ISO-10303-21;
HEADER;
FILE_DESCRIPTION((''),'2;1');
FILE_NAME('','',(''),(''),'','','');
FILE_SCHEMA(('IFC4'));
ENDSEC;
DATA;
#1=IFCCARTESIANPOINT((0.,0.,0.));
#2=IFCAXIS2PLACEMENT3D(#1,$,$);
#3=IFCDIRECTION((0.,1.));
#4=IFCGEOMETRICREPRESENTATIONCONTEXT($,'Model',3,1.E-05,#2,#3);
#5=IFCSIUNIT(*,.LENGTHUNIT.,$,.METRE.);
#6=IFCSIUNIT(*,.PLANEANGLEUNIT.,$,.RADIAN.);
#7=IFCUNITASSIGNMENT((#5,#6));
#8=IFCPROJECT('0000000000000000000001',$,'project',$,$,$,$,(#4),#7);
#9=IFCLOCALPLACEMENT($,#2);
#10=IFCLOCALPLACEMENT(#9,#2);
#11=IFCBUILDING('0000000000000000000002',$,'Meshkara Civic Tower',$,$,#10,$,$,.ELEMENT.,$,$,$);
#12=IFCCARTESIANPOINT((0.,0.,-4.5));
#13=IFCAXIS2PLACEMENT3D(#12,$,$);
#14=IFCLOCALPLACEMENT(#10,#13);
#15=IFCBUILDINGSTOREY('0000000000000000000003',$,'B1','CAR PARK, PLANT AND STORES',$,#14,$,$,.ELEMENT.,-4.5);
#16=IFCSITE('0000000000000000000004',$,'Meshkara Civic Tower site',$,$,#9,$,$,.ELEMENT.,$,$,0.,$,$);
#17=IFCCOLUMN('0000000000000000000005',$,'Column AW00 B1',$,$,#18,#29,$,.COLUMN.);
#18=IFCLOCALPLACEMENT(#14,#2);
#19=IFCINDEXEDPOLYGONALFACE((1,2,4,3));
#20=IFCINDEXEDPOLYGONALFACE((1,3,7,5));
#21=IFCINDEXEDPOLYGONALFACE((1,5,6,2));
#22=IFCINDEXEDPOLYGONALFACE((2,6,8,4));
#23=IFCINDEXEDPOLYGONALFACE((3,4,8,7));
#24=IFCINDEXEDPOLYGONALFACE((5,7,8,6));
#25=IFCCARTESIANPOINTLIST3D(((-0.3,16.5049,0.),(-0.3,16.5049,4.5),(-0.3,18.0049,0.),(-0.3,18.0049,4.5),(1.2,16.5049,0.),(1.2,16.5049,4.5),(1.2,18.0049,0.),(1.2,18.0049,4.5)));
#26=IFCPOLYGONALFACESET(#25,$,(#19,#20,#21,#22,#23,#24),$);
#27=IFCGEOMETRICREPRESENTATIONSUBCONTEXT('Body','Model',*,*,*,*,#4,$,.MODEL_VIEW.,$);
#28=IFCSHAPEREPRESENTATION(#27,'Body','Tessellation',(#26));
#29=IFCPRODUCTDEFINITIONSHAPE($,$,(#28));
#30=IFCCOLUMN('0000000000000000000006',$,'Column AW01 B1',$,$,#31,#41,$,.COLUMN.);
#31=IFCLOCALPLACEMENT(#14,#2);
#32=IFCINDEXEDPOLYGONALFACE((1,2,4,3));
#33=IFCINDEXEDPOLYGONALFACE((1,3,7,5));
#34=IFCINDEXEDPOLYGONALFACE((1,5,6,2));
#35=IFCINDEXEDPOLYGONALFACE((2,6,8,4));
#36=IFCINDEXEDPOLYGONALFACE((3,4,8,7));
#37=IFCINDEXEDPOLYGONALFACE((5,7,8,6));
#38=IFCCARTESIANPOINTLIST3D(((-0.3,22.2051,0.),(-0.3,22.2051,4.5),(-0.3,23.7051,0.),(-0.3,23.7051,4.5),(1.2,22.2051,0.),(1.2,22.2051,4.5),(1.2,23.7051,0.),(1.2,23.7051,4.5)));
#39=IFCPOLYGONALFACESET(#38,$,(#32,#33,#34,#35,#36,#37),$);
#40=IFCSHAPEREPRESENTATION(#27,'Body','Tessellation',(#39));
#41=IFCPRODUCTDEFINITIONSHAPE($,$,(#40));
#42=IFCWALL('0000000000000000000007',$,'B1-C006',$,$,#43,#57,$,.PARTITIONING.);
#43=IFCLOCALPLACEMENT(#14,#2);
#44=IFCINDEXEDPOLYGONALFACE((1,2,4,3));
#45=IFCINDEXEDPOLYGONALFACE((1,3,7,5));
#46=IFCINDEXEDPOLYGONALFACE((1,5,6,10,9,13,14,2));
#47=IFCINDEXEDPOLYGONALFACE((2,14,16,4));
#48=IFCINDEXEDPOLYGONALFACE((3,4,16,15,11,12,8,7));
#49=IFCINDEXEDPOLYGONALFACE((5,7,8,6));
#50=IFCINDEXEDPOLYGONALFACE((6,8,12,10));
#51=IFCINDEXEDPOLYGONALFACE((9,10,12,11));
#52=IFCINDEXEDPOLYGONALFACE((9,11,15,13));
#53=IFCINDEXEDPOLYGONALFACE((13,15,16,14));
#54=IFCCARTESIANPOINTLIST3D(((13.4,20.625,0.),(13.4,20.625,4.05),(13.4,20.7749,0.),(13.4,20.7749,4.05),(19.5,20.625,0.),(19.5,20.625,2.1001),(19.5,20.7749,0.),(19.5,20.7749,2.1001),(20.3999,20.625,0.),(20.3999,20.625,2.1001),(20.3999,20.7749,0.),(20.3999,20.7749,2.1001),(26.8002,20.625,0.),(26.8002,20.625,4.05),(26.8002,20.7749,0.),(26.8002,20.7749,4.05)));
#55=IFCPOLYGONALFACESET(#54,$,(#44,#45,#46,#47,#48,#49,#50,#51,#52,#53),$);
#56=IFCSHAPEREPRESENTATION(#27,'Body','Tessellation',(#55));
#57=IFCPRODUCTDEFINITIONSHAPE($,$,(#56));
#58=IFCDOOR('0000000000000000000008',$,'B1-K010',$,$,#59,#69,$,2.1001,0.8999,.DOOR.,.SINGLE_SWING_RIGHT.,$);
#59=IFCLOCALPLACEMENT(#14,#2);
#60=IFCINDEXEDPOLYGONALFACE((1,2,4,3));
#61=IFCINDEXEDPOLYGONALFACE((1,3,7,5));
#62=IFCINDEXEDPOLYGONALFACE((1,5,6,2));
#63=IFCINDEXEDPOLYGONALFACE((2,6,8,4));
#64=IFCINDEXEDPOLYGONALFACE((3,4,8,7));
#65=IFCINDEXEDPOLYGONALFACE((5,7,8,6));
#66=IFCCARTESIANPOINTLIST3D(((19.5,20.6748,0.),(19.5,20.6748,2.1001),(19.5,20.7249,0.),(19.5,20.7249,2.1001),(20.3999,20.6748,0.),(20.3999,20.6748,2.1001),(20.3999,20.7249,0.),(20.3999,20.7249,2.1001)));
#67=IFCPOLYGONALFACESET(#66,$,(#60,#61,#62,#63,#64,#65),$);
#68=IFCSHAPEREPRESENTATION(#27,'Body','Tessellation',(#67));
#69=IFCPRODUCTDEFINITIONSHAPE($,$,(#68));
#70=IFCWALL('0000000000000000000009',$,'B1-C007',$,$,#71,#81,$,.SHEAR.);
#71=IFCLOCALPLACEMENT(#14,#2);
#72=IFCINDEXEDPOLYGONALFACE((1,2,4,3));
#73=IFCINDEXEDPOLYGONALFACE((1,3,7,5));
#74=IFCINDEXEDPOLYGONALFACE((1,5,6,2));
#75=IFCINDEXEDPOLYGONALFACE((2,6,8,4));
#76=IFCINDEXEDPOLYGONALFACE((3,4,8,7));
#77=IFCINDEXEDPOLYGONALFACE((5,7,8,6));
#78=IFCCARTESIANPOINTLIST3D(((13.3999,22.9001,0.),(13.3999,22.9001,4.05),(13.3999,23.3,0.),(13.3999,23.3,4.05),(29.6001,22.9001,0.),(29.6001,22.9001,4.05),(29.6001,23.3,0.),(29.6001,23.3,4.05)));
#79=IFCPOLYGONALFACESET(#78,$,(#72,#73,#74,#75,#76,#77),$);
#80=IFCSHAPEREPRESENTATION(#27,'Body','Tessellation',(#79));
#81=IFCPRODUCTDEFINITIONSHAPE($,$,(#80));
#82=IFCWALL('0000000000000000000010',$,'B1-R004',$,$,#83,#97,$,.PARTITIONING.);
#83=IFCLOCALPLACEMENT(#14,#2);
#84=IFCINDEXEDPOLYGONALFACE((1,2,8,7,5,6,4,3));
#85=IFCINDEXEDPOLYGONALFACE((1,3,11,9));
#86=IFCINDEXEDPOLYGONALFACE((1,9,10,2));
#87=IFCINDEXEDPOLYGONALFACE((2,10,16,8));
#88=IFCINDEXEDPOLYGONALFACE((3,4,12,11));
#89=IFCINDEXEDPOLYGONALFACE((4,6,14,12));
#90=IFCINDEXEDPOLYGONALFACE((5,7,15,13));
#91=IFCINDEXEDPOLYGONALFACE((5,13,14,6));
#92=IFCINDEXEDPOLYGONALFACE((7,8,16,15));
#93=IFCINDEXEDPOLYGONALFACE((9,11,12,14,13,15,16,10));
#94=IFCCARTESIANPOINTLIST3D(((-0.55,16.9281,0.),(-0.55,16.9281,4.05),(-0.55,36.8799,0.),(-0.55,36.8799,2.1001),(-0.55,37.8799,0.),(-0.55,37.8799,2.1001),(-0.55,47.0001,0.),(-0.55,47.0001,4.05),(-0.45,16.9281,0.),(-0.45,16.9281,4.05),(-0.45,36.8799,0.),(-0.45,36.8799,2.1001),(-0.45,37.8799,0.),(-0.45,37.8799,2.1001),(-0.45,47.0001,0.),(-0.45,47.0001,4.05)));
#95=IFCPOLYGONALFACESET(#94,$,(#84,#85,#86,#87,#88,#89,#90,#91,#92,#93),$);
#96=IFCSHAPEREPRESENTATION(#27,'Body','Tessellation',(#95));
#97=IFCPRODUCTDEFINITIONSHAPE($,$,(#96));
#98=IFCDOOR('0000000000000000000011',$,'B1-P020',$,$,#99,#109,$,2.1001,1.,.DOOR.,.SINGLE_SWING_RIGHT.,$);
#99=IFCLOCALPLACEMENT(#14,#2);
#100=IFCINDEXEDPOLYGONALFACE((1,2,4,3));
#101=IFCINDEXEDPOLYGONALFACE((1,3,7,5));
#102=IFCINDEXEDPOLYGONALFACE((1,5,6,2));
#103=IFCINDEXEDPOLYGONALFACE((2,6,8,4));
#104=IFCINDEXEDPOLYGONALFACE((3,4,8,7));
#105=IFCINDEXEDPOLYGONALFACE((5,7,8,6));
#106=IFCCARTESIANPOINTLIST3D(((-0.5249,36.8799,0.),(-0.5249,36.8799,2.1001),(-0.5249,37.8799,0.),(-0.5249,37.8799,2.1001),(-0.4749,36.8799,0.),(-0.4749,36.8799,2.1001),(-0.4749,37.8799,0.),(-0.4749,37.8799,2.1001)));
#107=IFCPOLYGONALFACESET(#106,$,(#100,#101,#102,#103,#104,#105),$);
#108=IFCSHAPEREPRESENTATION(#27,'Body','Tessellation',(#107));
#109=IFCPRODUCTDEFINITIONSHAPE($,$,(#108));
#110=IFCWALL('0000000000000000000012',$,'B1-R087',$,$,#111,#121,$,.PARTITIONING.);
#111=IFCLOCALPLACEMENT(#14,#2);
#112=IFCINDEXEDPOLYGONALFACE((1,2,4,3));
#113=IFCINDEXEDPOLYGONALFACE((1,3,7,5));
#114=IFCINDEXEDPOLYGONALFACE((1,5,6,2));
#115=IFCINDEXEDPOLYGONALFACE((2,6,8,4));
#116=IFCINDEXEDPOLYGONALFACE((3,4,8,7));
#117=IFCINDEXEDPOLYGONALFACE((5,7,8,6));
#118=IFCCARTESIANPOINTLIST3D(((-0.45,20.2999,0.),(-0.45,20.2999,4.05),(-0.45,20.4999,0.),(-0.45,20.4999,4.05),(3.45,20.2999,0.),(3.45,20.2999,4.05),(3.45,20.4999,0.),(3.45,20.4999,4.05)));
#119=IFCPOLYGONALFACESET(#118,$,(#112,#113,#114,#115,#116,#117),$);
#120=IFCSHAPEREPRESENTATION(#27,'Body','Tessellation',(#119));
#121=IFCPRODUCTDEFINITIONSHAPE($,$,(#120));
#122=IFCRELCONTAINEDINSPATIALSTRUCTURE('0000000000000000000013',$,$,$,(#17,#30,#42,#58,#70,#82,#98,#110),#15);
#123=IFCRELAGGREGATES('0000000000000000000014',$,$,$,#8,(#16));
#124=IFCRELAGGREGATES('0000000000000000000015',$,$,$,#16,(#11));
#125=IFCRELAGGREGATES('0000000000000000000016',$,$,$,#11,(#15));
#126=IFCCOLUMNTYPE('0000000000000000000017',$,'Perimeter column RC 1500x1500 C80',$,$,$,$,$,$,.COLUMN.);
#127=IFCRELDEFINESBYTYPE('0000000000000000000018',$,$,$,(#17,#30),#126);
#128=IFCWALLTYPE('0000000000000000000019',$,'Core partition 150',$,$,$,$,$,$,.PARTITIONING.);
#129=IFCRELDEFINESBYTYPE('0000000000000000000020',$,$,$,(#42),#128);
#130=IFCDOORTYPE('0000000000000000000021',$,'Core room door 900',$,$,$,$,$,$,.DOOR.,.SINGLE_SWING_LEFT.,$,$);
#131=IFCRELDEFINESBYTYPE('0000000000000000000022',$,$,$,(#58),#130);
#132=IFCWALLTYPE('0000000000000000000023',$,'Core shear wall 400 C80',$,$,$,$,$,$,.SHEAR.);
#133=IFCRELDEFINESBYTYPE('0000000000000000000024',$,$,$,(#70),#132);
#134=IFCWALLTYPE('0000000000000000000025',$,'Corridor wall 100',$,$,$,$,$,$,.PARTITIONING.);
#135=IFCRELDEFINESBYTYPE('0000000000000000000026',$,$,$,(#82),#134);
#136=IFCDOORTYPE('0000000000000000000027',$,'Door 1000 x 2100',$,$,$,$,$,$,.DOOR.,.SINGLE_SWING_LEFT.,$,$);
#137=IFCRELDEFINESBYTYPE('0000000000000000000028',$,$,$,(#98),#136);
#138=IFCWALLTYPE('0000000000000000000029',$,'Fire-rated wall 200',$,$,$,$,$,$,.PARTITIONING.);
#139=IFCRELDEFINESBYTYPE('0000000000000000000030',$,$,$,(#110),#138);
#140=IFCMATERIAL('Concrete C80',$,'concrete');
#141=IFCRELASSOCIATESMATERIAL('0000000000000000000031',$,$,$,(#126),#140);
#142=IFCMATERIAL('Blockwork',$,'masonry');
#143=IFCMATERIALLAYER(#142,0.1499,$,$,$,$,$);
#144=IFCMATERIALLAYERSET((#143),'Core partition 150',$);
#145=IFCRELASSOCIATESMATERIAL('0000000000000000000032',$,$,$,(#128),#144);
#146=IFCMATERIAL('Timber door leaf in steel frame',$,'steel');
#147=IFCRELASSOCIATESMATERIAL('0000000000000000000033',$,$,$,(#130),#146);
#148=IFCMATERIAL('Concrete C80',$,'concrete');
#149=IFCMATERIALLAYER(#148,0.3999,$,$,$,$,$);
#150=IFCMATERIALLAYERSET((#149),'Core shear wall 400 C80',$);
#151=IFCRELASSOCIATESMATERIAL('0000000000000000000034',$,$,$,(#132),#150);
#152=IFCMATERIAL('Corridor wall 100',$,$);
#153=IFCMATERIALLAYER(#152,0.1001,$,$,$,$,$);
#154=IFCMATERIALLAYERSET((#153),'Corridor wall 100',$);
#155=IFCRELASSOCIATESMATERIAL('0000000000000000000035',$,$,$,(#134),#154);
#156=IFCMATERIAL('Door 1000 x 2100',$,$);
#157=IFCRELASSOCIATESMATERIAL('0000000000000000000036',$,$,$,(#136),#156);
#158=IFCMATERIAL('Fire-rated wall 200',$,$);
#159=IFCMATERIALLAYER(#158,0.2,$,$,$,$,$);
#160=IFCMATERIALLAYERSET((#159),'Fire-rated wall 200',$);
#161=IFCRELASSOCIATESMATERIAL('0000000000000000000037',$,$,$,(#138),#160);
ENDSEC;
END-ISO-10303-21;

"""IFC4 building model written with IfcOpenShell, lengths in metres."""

from ifc_helpers import new_model, si_unit, direction, frame, frame_2d, origin, origin_2d, place, context, subcontext, project, spatial, rectangle, extrude, material, layer, layer_set, material_profile, profile_set, type_object, element, fill, save


model = new_model("IFC4")

# Units and contexts
model_context = context("Model", 3, precision=1e-05, world=origin(), true_north=direction((0.0, 1.0)))
body_context = subcontext(model_context, "Body", "Model", "MODEL_VIEW")
ifc_project = project(units=[si_unit("LENGTHUNIT", "METRE"), si_unit("PLANEANGLEUNIT", "RADIAN")], contexts=[model_context])

# Site, building, storey
site_placement = place(None, origin())
site = spatial("IfcSite", under=ifc_project, at=site_placement, Name="Meshkara Civic Tower site", CompositionType="ELEMENT", RefElevation=0.0)
building_placement = place(site_placement, origin())
building = spatial("IfcBuilding", under=site, at=building_placement, Name="Meshkara Civic Tower", CompositionType="ELEMENT")
storey_placement = place(building_placement, frame((0.0, 0.0, -4.5)))
storey = spatial("IfcBuildingStorey", under=building, at=storey_placement, Name="B1", Description="CAR PARK, PLANT AND STORES", CompositionType="ELEMENT", Elevation=-4.5)

# Columns
ifc_material_1 = material(Name="Concrete C80", Category="concrete")
ifc_material_profile = material_profile(ifc_material_1, rectangle(XDim=1.5, YDim=1.5, at=origin_2d()))
ifc_profile_set = profile_set([ifc_material_profile], Name="Concrete C80")
column_type = type_object("IfcColumnType", Name="Perimeter column RC 1500x1500 C80", PredefinedType="COLUMN", material=ifc_profile_set)
for number, where, z_axis, x_axis, name in (
    (1, (0.45, 17.2549, 0.0), (0.0, 0.0, 1.0), (1.0, 0.0, 0.0), "Column AW00 B1"),
    (2, (0.45, 22.9551, 0.0), (0.0, 0.0, 1.0), (1.0, 0.0, 0.0), "Column AW01 B1"),
):
    element("IfcColumn", number, at=place(storey_placement, frame(where, z_axis=z_axis, x_axis=x_axis)), inside=storey, type_object=column_type, Name=name, PredefinedType="COLUMN", context=body_context, shape_type="SweptSolid", body=[
        extrude(rectangle(XDim=1.5, YDim=1.5, at=origin_2d()), origin(), (0.0, 0.0, 1.0), 4.5),
    ])

# Wall, opening, door
ifc_material_2 = material(Name="Blockwork", Category="masonry")
ifc_layer_1 = layer(ifc_material_2, 0.1499)
ifc_layer_set_1 = layer_set([ifc_layer_1], Name="Core partition 150")
wall_type_1 = type_object("IfcWallType", Name="Core partition 150", PredefinedType="PARTITIONING", material=ifc_layer_set_1)
wall_1_placement = place(storey_placement, frame((13.3999, 20.7, 0.0), z_axis=(0.0, 0.0, 1.0), x_axis=(1.0, 0.0, 0.0)))
wall_1 = element("IfcWall", 3, at=wall_1_placement, inside=storey, type_object=wall_type_1, Name="B1-C006", PredefinedType="PARTITIONING", context=body_context, shape_type="SweptSolid", body=[
    extrude(rectangle(XDim=13.4001, YDim=0.1499, at=frame_2d((6.7002, 0.0))), origin(), (0.0, 0.0, 1.0), 4.05),
])
opening_1_placement = place(wall_1_placement, frame((6.1001, 0.0, 0.0)))
opening_1 = element("IfcOpeningElement", 4, at=opening_1_placement, cuts=wall_1, PredefinedType="OPENING", context=body_context, shape_type="SweptSolid", body=[
    extrude(rectangle(XDim=0.8999, YDim=2.1001, at=frame_2d((0.45, 1.05))), frame((0.0, 0.085, 0.0), z_axis=(0.0, -1.0, 0.0), x_axis=(1.0, 0.0, 0.0)), (0.0, 0.0, 1.0), 0.1699),
])
ifc_material_3 = material(Name="Timber door leaf in steel frame", Category="steel")
door_type_1 = type_object("IfcDoorType", Name="Core room door 900", OperationType="SINGLE_SWING_LEFT", PredefinedType="DOOR", material=ifc_material_3)
door_1_placement = place(opening_1_placement, origin())
door_1 = element("IfcDoor", 5, at=door_1_placement, inside=storey, type_object=door_type_1, Name="B1-K010", OperationType="SINGLE_SWING_RIGHT", OverallHeight=2.1001, OverallWidth=0.8999, PredefinedType="DOOR", context=body_context, shape_type="SweptSolid", body=[
    extrude(rectangle(XDim=0.8999, YDim=2.1001, at=frame_2d((0.45, 1.05))), frame((0.0, 0.0249, 0.0), z_axis=(0.0, -1.0, 0.0), x_axis=(1.0, 0.0, 0.0)), (0.0, 0.0, 1.0), 0.05),
])
fill(opening_1, door_1)

# Wall
ifc_material_4 = material(Name="Concrete C80", Category="concrete")
ifc_layer_2 = layer(ifc_material_4, 0.3999)
ifc_layer_set_2 = layer_set([ifc_layer_2], Name="Core shear wall 400 C80")
wall_type_2 = type_object("IfcWallType", Name="Core shear wall 400 C80", PredefinedType="SHEAR", material=ifc_layer_set_2)
wall_2_placement = place(storey_placement, frame((13.3999, 23.1001, 0.0), z_axis=(0.0, 0.0, 1.0), x_axis=(1.0, 0.0, 0.0)))
element("IfcWall", 6, at=wall_2_placement, inside=storey, type_object=wall_type_2, Name="B1-C007", PredefinedType="SHEAR", context=body_context, shape_type="SweptSolid", body=[
    extrude(rectangle(XDim=16.2002, YDim=0.3999, at=frame_2d((8.1001, 0.0))), origin(), (0.0, 0.0, 1.0), 4.05),
])

# Wall, opening, door
ifc_material_5 = material(Name="Corridor wall 100")
ifc_layer_3 = layer(ifc_material_5, 0.1001)
ifc_layer_set_3 = layer_set([ifc_layer_3], Name="Corridor wall 100")
wall_type_3 = type_object("IfcWallType", Name="Corridor wall 100", PredefinedType="PARTITIONING", material=ifc_layer_set_3)
wall_3_placement = place(storey_placement, frame((-0.5, 16.928, 0.0), z_axis=(0.0, 0.0, 1.0), x_axis=(0.0, 1.0, 0.0)))
wall_3 = element("IfcWall", 7, at=wall_3_placement, inside=storey, type_object=wall_type_3, Name="B1-R004", PredefinedType="PARTITIONING", context=body_context, shape_type="SweptSolid", body=[
    extrude(rectangle(XDim=30.072, YDim=0.1001, at=frame_2d((15.0361, 0.0))), origin(), (0.0, 0.0, 1.0), 4.05),
])
opening_2_placement = place(wall_3_placement, frame((19.9519, 0.0, 0.0)))
opening_2 = element("IfcOpeningElement", 8, at=opening_2_placement, cuts=wall_3, PredefinedType="OPENING", context=body_context, shape_type="SweptSolid", body=[
    extrude(rectangle(XDim=1.0, YDim=2.1001, at=frame_2d((0.5, 1.05))), frame((0.0, 0.0601, 0.0), z_axis=(0.0, -1.0, 0.0), x_axis=(1.0, 0.0, 0.0)), (0.0, 0.0, 1.0), 0.1201),
])
ifc_material_6 = material(Name="Door 1000 x 2100")
door_type_2 = type_object("IfcDoorType", Name="Door 1000 x 2100", OperationType="SINGLE_SWING_LEFT", PredefinedType="DOOR", material=ifc_material_6)
door_2_placement = place(opening_2_placement, origin())
door_2 = element("IfcDoor", 9, at=door_2_placement, inside=storey, type_object=door_type_2, Name="B1-P020", OperationType="SINGLE_SWING_RIGHT", OverallHeight=2.1001, OverallWidth=1.0, PredefinedType="DOOR", context=body_context, shape_type="SweptSolid", body=[
    extrude(rectangle(XDim=1.0, YDim=2.1001, at=frame_2d((0.5, 1.05))), frame((0.0, 0.0249, 0.0), z_axis=(0.0, -1.0, 0.0), x_axis=(1.0, 0.0, 0.0)), (0.0, 0.0, 1.0), 0.05),
])
fill(opening_2, door_2)

# Wall
ifc_material_7 = material(Name="Fire-rated wall 200")
ifc_layer_4 = layer(ifc_material_7, 0.2)
ifc_layer_set_4 = layer_set([ifc_layer_4], Name="Fire-rated wall 200")
wall_type_4 = type_object("IfcWallType", Name="Fire-rated wall 200", PredefinedType="PARTITIONING", material=ifc_layer_set_4)
wall_4_placement = place(storey_placement, frame((3.45, 20.3999, 0.0), z_axis=(0.0, 0.0, 1.0), x_axis=(-1.0, 0.0, 0.0)))
element("IfcWall", 10, at=wall_4_placement, inside=storey, type_object=wall_type_4, Name="B1-R087", PredefinedType="PARTITIONING", context=body_context, shape_type="SweptSolid", body=[
    extrude(rectangle(XDim=3.8999, YDim=0.2, at=frame_2d((1.95, 0.0))), origin(), (0.0, 0.0, 1.0), 4.05),
])

save(model, "model.ifc")
